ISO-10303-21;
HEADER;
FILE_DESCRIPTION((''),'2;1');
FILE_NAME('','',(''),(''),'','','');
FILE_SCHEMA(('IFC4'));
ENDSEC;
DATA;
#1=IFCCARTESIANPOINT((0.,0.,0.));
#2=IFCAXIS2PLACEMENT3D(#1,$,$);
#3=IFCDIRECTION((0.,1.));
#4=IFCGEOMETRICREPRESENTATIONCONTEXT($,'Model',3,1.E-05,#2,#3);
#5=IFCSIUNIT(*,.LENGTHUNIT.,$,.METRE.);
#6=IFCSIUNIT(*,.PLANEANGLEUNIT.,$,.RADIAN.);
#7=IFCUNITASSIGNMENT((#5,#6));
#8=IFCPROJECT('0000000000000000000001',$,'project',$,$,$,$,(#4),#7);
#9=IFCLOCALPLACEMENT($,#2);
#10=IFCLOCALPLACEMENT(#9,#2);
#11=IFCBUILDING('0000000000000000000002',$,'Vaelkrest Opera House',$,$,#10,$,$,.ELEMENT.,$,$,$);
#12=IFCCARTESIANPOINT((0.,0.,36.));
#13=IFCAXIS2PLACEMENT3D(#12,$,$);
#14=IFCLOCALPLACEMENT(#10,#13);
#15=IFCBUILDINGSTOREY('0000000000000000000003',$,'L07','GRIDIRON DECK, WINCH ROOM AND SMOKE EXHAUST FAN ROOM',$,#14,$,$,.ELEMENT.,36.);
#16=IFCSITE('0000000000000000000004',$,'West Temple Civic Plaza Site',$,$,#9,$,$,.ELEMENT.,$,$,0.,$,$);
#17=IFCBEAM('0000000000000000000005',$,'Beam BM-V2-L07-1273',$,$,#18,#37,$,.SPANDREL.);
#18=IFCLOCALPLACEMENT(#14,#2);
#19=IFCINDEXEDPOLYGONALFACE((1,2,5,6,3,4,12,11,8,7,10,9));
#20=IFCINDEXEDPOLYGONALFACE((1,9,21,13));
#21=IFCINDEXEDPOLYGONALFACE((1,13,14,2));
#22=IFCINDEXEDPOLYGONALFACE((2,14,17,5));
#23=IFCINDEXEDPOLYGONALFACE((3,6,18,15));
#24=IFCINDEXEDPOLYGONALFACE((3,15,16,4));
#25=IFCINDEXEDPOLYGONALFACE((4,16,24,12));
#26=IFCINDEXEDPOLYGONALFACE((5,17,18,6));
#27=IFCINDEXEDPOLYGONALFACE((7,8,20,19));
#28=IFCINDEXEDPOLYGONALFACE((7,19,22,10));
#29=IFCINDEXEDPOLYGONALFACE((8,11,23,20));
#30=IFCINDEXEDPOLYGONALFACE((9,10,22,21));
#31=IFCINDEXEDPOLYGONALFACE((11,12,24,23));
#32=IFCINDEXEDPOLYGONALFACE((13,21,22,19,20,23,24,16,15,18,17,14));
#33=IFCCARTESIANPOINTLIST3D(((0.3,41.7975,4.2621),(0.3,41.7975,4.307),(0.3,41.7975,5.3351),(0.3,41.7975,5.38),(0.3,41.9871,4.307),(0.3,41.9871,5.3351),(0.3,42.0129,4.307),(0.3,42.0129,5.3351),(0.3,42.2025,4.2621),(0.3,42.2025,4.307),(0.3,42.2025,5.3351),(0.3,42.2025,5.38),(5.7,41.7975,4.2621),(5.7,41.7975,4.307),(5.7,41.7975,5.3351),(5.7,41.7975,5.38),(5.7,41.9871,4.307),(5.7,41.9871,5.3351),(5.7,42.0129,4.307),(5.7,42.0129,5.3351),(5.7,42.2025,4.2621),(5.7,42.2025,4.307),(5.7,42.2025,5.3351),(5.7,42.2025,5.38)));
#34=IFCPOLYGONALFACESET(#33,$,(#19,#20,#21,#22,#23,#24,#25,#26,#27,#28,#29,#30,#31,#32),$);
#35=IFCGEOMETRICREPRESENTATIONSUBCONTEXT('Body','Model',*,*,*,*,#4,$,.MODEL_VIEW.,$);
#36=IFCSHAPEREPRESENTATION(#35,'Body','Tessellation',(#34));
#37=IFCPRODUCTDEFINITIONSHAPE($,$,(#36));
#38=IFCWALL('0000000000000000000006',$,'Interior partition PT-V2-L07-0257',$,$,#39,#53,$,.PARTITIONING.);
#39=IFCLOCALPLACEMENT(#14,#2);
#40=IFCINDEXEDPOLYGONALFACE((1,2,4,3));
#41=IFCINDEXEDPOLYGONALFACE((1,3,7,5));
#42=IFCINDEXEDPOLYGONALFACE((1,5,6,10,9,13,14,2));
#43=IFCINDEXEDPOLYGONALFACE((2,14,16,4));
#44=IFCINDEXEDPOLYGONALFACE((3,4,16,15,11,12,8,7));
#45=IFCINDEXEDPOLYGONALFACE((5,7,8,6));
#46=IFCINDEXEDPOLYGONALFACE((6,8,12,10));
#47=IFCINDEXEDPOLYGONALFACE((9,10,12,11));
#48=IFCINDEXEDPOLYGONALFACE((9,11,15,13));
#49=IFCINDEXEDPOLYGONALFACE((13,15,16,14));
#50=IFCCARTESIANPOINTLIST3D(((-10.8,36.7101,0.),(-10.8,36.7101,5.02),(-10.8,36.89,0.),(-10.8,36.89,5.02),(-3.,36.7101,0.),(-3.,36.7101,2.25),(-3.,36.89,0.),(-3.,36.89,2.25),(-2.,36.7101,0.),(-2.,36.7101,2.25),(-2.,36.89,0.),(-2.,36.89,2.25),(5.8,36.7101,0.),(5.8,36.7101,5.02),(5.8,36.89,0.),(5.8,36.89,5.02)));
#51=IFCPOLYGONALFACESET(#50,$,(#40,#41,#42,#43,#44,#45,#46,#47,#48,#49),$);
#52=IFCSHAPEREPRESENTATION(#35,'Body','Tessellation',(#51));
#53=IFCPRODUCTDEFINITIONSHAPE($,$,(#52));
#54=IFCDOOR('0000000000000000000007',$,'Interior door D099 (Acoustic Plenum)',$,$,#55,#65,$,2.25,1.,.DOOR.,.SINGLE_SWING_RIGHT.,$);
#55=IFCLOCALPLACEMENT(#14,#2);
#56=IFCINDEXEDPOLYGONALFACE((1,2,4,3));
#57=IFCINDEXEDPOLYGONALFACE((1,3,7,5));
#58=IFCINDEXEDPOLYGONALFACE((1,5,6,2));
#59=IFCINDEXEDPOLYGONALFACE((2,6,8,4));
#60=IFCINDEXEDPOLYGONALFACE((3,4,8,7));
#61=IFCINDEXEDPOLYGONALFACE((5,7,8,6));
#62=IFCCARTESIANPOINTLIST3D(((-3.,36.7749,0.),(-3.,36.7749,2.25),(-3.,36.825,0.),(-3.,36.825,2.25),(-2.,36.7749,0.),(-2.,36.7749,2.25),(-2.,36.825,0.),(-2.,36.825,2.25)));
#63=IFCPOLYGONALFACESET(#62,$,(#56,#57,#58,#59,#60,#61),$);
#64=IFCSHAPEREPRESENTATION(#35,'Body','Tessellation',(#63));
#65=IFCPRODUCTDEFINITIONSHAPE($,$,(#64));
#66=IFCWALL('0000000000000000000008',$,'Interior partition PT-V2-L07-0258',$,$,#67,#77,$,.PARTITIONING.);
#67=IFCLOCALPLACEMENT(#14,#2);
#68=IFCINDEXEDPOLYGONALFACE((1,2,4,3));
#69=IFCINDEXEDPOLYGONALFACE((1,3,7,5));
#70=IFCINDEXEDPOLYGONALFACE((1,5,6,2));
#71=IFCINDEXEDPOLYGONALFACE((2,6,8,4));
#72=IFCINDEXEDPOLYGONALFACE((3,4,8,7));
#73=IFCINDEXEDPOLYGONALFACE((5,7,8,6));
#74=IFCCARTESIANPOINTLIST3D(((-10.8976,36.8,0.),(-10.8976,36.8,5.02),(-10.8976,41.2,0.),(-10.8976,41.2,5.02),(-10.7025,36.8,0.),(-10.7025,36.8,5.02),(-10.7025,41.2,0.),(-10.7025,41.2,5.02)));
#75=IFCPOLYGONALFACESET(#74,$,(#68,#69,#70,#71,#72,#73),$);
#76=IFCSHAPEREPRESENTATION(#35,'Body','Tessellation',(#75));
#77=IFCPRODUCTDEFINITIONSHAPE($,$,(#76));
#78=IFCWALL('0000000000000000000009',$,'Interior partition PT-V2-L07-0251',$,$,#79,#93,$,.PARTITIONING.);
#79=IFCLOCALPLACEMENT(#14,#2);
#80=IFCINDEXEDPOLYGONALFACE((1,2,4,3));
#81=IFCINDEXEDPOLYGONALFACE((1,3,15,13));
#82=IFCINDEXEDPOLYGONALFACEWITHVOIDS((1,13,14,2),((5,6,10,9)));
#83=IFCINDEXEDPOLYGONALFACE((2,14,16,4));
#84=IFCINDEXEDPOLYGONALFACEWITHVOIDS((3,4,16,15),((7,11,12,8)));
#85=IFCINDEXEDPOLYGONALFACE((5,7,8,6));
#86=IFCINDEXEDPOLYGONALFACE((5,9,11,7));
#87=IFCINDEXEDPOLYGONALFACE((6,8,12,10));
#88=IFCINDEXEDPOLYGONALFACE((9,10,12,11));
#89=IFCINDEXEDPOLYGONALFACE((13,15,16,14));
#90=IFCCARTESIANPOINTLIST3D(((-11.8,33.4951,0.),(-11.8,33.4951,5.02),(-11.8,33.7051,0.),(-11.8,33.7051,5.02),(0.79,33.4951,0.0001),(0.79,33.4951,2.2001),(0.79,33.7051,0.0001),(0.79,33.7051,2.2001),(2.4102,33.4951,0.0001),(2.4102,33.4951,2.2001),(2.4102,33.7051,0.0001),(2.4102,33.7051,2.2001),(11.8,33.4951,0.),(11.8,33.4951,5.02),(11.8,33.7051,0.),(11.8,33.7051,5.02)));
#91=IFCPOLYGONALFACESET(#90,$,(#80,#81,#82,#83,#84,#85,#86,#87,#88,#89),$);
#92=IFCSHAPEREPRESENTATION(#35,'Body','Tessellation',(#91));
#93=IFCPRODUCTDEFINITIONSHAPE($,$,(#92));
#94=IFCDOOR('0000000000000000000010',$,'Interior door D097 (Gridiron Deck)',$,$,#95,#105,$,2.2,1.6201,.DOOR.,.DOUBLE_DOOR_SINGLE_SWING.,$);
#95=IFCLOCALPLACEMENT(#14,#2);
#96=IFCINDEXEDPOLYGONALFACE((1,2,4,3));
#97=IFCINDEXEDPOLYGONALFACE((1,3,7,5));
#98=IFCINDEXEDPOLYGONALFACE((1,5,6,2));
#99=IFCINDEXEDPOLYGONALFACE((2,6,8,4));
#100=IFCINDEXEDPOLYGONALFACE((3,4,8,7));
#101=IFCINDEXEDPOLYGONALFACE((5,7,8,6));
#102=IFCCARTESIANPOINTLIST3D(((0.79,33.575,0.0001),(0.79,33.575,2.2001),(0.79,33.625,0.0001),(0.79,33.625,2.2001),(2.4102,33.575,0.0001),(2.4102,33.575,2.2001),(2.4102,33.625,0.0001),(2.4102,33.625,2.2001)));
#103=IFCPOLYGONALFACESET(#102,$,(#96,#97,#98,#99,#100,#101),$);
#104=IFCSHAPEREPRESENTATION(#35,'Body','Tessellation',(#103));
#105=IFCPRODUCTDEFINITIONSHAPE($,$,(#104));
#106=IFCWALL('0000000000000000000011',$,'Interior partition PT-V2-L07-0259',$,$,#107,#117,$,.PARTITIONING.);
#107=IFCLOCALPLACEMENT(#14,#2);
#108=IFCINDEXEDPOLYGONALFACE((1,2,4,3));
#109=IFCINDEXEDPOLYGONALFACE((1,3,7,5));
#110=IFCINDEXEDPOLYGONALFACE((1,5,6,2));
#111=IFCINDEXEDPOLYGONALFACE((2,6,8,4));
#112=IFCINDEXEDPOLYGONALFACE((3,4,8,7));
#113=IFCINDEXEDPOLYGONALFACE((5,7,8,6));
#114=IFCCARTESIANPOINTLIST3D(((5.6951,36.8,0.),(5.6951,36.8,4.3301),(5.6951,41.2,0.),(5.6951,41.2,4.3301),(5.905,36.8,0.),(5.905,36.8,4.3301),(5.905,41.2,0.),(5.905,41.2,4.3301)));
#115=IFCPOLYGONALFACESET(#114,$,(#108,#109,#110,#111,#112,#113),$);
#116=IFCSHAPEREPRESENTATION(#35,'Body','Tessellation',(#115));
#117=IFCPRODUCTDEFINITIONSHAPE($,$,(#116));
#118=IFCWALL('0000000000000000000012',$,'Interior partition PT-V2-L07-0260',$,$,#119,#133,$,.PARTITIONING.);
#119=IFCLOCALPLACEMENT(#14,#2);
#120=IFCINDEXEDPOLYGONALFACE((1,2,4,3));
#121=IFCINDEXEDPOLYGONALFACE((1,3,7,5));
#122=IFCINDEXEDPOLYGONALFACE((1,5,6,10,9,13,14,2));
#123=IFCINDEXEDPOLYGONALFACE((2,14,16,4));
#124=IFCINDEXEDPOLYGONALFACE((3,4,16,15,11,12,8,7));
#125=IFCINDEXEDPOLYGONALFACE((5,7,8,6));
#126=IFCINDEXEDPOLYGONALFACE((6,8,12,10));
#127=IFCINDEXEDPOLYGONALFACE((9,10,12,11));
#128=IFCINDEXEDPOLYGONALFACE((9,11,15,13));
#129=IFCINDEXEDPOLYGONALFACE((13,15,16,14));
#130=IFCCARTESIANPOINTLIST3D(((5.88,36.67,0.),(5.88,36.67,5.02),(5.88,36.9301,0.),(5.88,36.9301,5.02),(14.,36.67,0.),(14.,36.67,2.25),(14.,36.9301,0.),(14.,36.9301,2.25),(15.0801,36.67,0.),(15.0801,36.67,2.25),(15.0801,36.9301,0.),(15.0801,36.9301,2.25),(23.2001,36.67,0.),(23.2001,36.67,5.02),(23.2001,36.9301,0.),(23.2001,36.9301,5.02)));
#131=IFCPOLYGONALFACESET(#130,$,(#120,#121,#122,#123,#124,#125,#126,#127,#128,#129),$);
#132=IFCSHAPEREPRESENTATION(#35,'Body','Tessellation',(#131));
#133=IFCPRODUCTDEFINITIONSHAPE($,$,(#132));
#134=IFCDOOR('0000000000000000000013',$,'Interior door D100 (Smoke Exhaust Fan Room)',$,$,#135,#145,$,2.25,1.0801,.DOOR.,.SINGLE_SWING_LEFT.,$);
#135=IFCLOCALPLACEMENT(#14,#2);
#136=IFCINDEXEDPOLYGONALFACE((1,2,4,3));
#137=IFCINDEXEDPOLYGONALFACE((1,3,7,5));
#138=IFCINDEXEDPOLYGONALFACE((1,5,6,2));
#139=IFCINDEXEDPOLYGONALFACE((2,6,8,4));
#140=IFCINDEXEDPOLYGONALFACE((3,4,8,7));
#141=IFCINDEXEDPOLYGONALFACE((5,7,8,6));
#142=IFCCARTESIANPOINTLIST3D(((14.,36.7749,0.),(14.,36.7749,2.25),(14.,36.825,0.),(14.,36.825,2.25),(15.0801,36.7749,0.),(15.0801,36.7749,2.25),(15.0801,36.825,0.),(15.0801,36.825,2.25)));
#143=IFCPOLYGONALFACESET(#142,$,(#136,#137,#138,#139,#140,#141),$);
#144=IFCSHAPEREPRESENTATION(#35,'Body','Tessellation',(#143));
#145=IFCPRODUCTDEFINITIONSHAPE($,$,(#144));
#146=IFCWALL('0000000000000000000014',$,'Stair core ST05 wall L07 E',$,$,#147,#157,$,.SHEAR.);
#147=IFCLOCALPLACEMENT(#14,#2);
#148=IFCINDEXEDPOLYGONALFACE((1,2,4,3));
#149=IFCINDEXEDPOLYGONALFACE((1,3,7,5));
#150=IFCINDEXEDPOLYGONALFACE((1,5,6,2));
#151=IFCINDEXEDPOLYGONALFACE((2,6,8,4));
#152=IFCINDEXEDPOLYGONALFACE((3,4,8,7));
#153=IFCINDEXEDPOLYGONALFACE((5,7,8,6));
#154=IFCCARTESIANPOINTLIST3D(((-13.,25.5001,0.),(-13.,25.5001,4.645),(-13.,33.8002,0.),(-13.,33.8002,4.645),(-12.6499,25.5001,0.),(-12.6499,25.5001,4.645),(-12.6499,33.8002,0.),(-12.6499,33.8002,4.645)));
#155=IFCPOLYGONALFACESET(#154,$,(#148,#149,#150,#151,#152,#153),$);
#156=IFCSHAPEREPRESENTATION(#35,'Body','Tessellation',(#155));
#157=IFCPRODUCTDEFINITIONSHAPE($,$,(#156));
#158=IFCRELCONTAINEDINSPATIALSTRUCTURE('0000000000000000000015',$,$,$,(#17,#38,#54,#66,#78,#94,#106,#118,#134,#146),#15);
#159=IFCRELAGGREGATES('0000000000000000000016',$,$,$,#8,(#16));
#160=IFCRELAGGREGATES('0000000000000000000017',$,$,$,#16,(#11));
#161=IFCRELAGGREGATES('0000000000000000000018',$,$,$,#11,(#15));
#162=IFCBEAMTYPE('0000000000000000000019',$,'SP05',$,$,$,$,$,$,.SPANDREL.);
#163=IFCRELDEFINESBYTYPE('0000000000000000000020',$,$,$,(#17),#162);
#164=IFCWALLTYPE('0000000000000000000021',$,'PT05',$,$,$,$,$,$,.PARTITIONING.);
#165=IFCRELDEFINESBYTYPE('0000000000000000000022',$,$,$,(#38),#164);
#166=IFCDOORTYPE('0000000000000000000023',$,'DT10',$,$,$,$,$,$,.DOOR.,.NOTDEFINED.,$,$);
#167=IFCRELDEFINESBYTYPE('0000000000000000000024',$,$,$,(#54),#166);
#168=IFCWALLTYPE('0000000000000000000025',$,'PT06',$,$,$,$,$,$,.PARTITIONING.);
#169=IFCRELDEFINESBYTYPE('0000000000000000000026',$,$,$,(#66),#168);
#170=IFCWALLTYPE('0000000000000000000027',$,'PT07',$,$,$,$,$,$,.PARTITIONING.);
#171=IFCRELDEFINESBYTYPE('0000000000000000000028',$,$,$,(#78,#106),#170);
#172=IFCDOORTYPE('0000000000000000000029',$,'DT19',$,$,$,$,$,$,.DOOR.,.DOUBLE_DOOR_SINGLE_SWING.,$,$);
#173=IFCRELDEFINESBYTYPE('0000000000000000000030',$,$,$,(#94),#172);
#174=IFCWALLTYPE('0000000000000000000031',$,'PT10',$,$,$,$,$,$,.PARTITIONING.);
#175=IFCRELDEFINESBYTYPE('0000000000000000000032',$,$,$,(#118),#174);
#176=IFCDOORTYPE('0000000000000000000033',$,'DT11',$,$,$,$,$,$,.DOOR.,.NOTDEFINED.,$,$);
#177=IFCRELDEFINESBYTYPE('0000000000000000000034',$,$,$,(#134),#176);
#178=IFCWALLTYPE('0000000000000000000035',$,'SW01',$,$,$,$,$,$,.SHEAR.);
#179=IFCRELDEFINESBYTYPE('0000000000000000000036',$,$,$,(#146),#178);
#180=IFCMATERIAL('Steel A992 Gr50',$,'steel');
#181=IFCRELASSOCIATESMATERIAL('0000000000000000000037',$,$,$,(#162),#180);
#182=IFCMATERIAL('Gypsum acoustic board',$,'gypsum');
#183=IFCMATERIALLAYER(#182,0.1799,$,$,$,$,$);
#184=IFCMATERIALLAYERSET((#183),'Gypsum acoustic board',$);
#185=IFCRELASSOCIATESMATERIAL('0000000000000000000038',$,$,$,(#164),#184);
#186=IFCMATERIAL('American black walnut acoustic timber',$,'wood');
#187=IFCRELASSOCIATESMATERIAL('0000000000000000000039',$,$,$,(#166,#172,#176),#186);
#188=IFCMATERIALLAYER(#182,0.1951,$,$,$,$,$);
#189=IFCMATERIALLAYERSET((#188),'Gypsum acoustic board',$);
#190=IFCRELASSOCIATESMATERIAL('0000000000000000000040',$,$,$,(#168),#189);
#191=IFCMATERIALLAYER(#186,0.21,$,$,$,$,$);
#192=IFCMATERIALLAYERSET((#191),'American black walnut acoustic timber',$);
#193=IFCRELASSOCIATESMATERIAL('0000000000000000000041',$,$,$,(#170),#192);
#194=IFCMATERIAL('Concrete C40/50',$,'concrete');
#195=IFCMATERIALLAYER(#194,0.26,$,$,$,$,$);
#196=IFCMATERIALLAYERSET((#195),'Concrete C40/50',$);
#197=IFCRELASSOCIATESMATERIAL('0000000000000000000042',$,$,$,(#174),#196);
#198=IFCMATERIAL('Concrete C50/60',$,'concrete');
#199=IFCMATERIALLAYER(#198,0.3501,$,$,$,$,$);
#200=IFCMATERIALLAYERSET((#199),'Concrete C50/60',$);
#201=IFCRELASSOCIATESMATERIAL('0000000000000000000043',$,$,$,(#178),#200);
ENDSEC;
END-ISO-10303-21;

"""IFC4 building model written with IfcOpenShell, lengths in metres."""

from ifc_helpers import new_model, si_unit, direction, frame, frame_2d, origin, origin_2d, place, context, subcontext, project, spatial, rectangle, i_section, extrude, material, layer, layer_set, material_profile, profile_set, type_object, element, fill, save


model = new_model("IFC4")

# Units and contexts
model_context = context("Model", 3, precision=1e-05, world=origin(), true_north=direction((0.0, 1.0)))
body_context = subcontext(model_context, "Body", "Model", "MODEL_VIEW")
ifc_project = project(units=[si_unit("LENGTHUNIT", "METRE"), si_unit("PLANEANGLEUNIT", "RADIAN")], contexts=[model_context])

# Site, building, storey
site_placement = place(None, origin())
site = spatial("IfcSite", under=ifc_project, at=site_placement, Name="West Temple Civic Plaza Site", CompositionType="ELEMENT", RefElevation=0.0)
building_placement = place(site_placement, origin())
building = spatial("IfcBuilding", under=site, at=building_placement, Name="Vaelkrest Opera House", CompositionType="ELEMENT")
storey_placement = place(building_placement, frame((0.0, 0.0, 36.0)))
storey = spatial("IfcBuildingStorey", under=building, at=storey_placement, Name="L07", Description="GRIDIRON DECK, WINCH ROOM AND SMOKE EXHAUST FAN ROOM", CompositionType="ELEMENT", Elevation=36.0)

# Shared definitions
ifc_material_1 = material(Name="Concrete C50/60", Category="concrete")

# Beam
ifc_material_2 = material(Name="Steel A992 Gr50", Category="steel")
ifc_material_profile_1 = material_profile(ifc_material_2, i_section(OverallWidth=0.405, OverallDepth=1.1179, WebThickness=0.0259, FlangeThickness=0.0449, at=origin_2d()), Name="W44X335")
ifc_profile_set_1 = profile_set([ifc_material_profile_1], Name="Steel A992 Gr50")
beam_type_1 = type_object("IfcBeamType", Name="SP05", PredefinedType="SPANDREL", material=ifc_profile_set_1)
for number, where, z_axis, x_axis, name in (
    (1, (0.3, 42.0, 4.821), (1.0, 0.0, 0.0), (0.0, 1.0, 0.0), "Beam BM-V2-L07-1273"),
):
    element("IfcBeam", number, at=place(storey_placement, frame(where, z_axis=z_axis, x_axis=x_axis)), inside=storey, type_object=beam_type_1, Name=name, PredefinedType="SPANDREL", context=body_context, shape_type="SweptSolid", body=[
        extrude(i_section(OverallWidth=0.405, OverallDepth=1.1179, WebThickness=0.0259, FlangeThickness=0.0449, at=origin_2d()), origin(), (0.0, 0.0, 1.0), 5.3999),
    ])

# Wall, opening, door
ifc_material_3 = material(Name="Gypsum acoustic board", Category="gypsum")
ifc_layer_1 = layer(ifc_material_3, 0.1799)
ifc_layer_set_1 = layer_set([ifc_layer_1], Name="Gypsum acoustic board")
wall_type_1 = type_object("IfcWallType", Name="PT05", PredefinedType="PARTITIONING", material=ifc_layer_set_1)
wall_1_placement = place(storey_placement, frame((-10.8, 36.8, 0.0), z_axis=(0.0, 0.0, 1.0), x_axis=(1.0, 0.0, 0.0)))
wall_1 = element("IfcWall", 2, at=wall_1_placement, inside=storey, type_object=wall_type_1, Name="Interior partition PT-V2-L07-0257", PredefinedType="PARTITIONING", context=body_context, shape_type="SweptSolid", body=[
    extrude(rectangle(XDim=16.6001, YDim=0.1799, at=frame_2d((8.3, 0.0))), origin(), (0.0, 0.0, 1.0), 5.02),
])
opening_1_placement = place(wall_1_placement, frame((7.8, 0.0, 0.0)))
opening_1 = element("IfcOpeningElement", 3, at=opening_1_placement, cuts=wall_1, PredefinedType="OPENING", context=body_context, shape_type="SweptSolid", body=[
    extrude(rectangle(XDim=1.0, YDim=2.25, at=frame_2d((0.5, 1.125))), frame((0.0, 0.0999, 0.0), z_axis=(0.0, -1.0, 0.0), x_axis=(1.0, 0.0, 0.0)), (0.0, 0.0, 1.0), 0.2),
])
ifc_material_4 = material(Name="American black walnut acoustic timber", Category="wood")
door_type_1 = type_object("IfcDoorType", Name="DT10", OperationType="NOTDEFINED", PredefinedType="DOOR", material=ifc_material_4)
door_1_placement = place(opening_1_placement, origin())
door_1 = element("IfcDoor", 4, at=door_1_placement, inside=storey, type_object=door_type_1, Name="Interior door D099 (Acoustic Plenum)", OperationType="SINGLE_SWING_RIGHT", OverallHeight=2.25, OverallWidth=1.0, PredefinedType="DOOR", context=body_context, shape_type="SweptSolid", body=[
    extrude(rectangle(XDim=1.0, YDim=2.25, at=frame_2d((0.5, 1.125))), frame((0.0, 0.0249, 0.0), z_axis=(0.0, -1.0, 0.0), x_axis=(1.0, 0.0, 0.0)), (0.0, 0.0, 1.0), 0.05),
])
fill(opening_1, door_1)

# Wall
ifc_layer_2 = layer(ifc_material_3, 0.1951)
ifc_layer_set_2 = layer_set([ifc_layer_2], Name="Gypsum acoustic board")
wall_type_2 = type_object("IfcWallType", Name="PT06", PredefinedType="PARTITIONING", material=ifc_layer_set_2)
wall_2_placement = place(storey_placement, frame((-10.8, 36.8, 0.0), z_axis=(0.0, 0.0, 1.0), x_axis=(0.0, 1.0, 0.0)))
element("IfcWall", 5, at=wall_2_placement, inside=storey, type_object=wall_type_2, Name="Interior partition PT-V2-L07-0258", PredefinedType="PARTITIONING", context=body_context, shape_type="SweptSolid", body=[
    extrude(rectangle(XDim=4.3999, YDim=0.1951, at=frame_2d((2.2, 0.0))), origin(), (0.0, 0.0, 1.0), 5.02),
])

# Wall, opening, door
ifc_layer_3 = layer(ifc_material_4, 0.21)
ifc_layer_set_3 = layer_set([ifc_layer_3], Name="American black walnut acoustic timber")
wall_type_3 = type_object("IfcWallType", Name="PT07", PredefinedType="PARTITIONING", material=ifc_layer_set_3)
wall_3_placement = place(storey_placement, frame((-11.8, 33.6001, 0.0), z_axis=(0.0, 0.0, 1.0), x_axis=(1.0, 0.0, 0.0)))
wall_3 = element("IfcWall", 6, at=wall_3_placement, inside=storey, type_object=wall_type_3, Name="Interior partition PT-V2-L07-0251", PredefinedType="PARTITIONING", context=body_context, shape_type="SweptSolid", body=[
    extrude(rectangle(XDim=23.6001, YDim=0.21, at=frame_2d((11.8, 0.0))), origin(), (0.0, 0.0, 1.0), 5.02),
])
opening_2_placement = place(wall_3_placement, frame((12.5901, 0.0, 0.0)))
opening_2 = element("IfcOpeningElement", 7, at=opening_2_placement, cuts=wall_3, PredefinedType="OPENING", context=body_context, shape_type="SweptSolid", body=[
    extrude(rectangle(XDim=1.6201, YDim=2.2, at=frame_2d((0.8101, 1.1001))), frame((0.0, 0.115, 0.0), z_axis=(0.0, -1.0, 0.0), x_axis=(1.0, 0.0, 0.0)), (0.0, 0.0, 1.0), 0.23),
])
door_type_2 = type_object("IfcDoorType", Name="DT19", OperationType="DOUBLE_DOOR_SINGLE_SWING", PredefinedType="DOOR", material=ifc_material_4)
door_2_placement = place(opening_2_placement, origin())
door_2 = element("IfcDoor", 8, at=door_2_placement, inside=storey, type_object=door_type_2, Name="Interior door D097 (Gridiron Deck)", OperationType="DOUBLE_DOOR_SINGLE_SWING", OverallHeight=2.2, OverallWidth=1.6201, PredefinedType="DOOR", context=body_context, shape_type="SweptSolid", body=[
    extrude(rectangle(XDim=1.6201, YDim=2.2, at=frame_2d((0.8101, 1.1001))), frame((0.0, 0.0249, 0.0), z_axis=(0.0, -1.0, 0.0), x_axis=(1.0, 0.0, 0.0)), (0.0, 0.0, 1.0), 0.05),
])
fill(opening_2, door_2)

# Wall
wall_4_placement = place(storey_placement, frame((5.8, 36.8, 0.0), z_axis=(0.0, 0.0, 1.0), x_axis=(0.0, 1.0, 0.0)))
element("IfcWall", 9, at=wall_4_placement, inside=storey, type_object=wall_type_3, Name="Interior partition PT-V2-L07-0259", PredefinedType="PARTITIONING", context=body_context, shape_type="SweptSolid", body=[
    extrude(rectangle(XDim=4.3999, YDim=0.21, at=frame_2d((2.2, 0.0))), origin(), (0.0, 0.0, 1.0), 4.3301),
])

# Wall, opening, door
ifc_material_5 = material(Name="Concrete C40/50", Category="concrete")
ifc_layer_4 = layer(ifc_material_5, 0.26)
ifc_layer_set_4 = layer_set([ifc_layer_4], Name="Concrete C40/50")
wall_type_4 = type_object("IfcWallType", Name="PT10", PredefinedType="PARTITIONING", material=ifc_layer_set_4)
wall_5_placement = place(storey_placement, frame((5.8799, 36.8, 0.0), z_axis=(0.0, 0.0, 1.0), x_axis=(1.0, 0.0, 0.0)))
wall_5 = element("IfcWall", 10, at=wall_5_placement, inside=storey, type_object=wall_type_4, Name="Interior partition PT-V2-L07-0260", PredefinedType="PARTITIONING", context=body_context, shape_type="SweptSolid", body=[
    extrude(rectangle(XDim=17.3201, YDim=0.26, at=frame_2d((8.6602, 0.0))), origin(), (0.0, 0.0, 1.0), 5.02),
])
opening_3_placement = place(wall_5_placement, frame((8.1201, 0.0, 0.0)))
opening_3 = element("IfcOpeningElement", 11, at=opening_3_placement, cuts=wall_5, PredefinedType="OPENING", context=body_context, shape_type="SweptSolid", body=[
    extrude(rectangle(XDim=1.0801, YDim=2.25, at=frame_2d((0.54, 1.125))), frame((0.0, 0.1399, 0.0), z_axis=(0.0, -1.0, 0.0), x_axis=(1.0, 0.0, 0.0)), (0.0, 0.0, 1.0), 0.28),
])
door_type_3 = type_object("IfcDoorType", Name="DT11", OperationType="NOTDEFINED", PredefinedType="DOOR", material=ifc_material_4)
door_3_placement = place(opening_3_placement, origin())
door_3 = element("IfcDoor", 12, at=door_3_placement, inside=storey, type_object=door_type_3, Name="Interior door D100 (Smoke Exhaust Fan Room)", OperationType="SINGLE_SWING_LEFT", OverallHeight=2.25, OverallWidth=1.0801, PredefinedType="DOOR", context=body_context, shape_type="SweptSolid", body=[
    extrude(rectangle(XDim=1.0801, YDim=2.25, at=frame_2d((0.54, 1.125))), frame((0.0, 0.0249, 0.0), z_axis=(0.0, -1.0, 0.0), x_axis=(1.0, 0.0, 0.0)), (0.0, 0.0, 1.0), 0.05),
])
fill(opening_3, door_3)
ifc_layer_5 = layer(ifc_material_1, 0.3501)
ifc_layer_set_5 = layer_set([ifc_layer_5], Name="Concrete C50/60")
wall_type_5 = type_object("IfcWallType", Name="SW01", PredefinedType="SHEAR", material=ifc_layer_set_5)

# Wall
wall_6_placement = place(storey_placement, frame((-12.825, 33.8, 0.0), z_axis=(0.0, 0.0, 1.0), x_axis=(0.0, -1.0, 0.0)))
element("IfcWall", 13, at=wall_6_placement, inside=storey, type_object=wall_type_5, Name="Stair core ST05 wall L07 E", PredefinedType="SHEAR", context=body_context, shape_type="SweptSolid", body=[
    extrude(rectangle(XDim=8.3, YDim=0.3501, at=frame_2d((4.1499, 0.0))), origin(), (0.0, 0.0, 1.0), 4.645),
])

save(model, "model.ifc")
